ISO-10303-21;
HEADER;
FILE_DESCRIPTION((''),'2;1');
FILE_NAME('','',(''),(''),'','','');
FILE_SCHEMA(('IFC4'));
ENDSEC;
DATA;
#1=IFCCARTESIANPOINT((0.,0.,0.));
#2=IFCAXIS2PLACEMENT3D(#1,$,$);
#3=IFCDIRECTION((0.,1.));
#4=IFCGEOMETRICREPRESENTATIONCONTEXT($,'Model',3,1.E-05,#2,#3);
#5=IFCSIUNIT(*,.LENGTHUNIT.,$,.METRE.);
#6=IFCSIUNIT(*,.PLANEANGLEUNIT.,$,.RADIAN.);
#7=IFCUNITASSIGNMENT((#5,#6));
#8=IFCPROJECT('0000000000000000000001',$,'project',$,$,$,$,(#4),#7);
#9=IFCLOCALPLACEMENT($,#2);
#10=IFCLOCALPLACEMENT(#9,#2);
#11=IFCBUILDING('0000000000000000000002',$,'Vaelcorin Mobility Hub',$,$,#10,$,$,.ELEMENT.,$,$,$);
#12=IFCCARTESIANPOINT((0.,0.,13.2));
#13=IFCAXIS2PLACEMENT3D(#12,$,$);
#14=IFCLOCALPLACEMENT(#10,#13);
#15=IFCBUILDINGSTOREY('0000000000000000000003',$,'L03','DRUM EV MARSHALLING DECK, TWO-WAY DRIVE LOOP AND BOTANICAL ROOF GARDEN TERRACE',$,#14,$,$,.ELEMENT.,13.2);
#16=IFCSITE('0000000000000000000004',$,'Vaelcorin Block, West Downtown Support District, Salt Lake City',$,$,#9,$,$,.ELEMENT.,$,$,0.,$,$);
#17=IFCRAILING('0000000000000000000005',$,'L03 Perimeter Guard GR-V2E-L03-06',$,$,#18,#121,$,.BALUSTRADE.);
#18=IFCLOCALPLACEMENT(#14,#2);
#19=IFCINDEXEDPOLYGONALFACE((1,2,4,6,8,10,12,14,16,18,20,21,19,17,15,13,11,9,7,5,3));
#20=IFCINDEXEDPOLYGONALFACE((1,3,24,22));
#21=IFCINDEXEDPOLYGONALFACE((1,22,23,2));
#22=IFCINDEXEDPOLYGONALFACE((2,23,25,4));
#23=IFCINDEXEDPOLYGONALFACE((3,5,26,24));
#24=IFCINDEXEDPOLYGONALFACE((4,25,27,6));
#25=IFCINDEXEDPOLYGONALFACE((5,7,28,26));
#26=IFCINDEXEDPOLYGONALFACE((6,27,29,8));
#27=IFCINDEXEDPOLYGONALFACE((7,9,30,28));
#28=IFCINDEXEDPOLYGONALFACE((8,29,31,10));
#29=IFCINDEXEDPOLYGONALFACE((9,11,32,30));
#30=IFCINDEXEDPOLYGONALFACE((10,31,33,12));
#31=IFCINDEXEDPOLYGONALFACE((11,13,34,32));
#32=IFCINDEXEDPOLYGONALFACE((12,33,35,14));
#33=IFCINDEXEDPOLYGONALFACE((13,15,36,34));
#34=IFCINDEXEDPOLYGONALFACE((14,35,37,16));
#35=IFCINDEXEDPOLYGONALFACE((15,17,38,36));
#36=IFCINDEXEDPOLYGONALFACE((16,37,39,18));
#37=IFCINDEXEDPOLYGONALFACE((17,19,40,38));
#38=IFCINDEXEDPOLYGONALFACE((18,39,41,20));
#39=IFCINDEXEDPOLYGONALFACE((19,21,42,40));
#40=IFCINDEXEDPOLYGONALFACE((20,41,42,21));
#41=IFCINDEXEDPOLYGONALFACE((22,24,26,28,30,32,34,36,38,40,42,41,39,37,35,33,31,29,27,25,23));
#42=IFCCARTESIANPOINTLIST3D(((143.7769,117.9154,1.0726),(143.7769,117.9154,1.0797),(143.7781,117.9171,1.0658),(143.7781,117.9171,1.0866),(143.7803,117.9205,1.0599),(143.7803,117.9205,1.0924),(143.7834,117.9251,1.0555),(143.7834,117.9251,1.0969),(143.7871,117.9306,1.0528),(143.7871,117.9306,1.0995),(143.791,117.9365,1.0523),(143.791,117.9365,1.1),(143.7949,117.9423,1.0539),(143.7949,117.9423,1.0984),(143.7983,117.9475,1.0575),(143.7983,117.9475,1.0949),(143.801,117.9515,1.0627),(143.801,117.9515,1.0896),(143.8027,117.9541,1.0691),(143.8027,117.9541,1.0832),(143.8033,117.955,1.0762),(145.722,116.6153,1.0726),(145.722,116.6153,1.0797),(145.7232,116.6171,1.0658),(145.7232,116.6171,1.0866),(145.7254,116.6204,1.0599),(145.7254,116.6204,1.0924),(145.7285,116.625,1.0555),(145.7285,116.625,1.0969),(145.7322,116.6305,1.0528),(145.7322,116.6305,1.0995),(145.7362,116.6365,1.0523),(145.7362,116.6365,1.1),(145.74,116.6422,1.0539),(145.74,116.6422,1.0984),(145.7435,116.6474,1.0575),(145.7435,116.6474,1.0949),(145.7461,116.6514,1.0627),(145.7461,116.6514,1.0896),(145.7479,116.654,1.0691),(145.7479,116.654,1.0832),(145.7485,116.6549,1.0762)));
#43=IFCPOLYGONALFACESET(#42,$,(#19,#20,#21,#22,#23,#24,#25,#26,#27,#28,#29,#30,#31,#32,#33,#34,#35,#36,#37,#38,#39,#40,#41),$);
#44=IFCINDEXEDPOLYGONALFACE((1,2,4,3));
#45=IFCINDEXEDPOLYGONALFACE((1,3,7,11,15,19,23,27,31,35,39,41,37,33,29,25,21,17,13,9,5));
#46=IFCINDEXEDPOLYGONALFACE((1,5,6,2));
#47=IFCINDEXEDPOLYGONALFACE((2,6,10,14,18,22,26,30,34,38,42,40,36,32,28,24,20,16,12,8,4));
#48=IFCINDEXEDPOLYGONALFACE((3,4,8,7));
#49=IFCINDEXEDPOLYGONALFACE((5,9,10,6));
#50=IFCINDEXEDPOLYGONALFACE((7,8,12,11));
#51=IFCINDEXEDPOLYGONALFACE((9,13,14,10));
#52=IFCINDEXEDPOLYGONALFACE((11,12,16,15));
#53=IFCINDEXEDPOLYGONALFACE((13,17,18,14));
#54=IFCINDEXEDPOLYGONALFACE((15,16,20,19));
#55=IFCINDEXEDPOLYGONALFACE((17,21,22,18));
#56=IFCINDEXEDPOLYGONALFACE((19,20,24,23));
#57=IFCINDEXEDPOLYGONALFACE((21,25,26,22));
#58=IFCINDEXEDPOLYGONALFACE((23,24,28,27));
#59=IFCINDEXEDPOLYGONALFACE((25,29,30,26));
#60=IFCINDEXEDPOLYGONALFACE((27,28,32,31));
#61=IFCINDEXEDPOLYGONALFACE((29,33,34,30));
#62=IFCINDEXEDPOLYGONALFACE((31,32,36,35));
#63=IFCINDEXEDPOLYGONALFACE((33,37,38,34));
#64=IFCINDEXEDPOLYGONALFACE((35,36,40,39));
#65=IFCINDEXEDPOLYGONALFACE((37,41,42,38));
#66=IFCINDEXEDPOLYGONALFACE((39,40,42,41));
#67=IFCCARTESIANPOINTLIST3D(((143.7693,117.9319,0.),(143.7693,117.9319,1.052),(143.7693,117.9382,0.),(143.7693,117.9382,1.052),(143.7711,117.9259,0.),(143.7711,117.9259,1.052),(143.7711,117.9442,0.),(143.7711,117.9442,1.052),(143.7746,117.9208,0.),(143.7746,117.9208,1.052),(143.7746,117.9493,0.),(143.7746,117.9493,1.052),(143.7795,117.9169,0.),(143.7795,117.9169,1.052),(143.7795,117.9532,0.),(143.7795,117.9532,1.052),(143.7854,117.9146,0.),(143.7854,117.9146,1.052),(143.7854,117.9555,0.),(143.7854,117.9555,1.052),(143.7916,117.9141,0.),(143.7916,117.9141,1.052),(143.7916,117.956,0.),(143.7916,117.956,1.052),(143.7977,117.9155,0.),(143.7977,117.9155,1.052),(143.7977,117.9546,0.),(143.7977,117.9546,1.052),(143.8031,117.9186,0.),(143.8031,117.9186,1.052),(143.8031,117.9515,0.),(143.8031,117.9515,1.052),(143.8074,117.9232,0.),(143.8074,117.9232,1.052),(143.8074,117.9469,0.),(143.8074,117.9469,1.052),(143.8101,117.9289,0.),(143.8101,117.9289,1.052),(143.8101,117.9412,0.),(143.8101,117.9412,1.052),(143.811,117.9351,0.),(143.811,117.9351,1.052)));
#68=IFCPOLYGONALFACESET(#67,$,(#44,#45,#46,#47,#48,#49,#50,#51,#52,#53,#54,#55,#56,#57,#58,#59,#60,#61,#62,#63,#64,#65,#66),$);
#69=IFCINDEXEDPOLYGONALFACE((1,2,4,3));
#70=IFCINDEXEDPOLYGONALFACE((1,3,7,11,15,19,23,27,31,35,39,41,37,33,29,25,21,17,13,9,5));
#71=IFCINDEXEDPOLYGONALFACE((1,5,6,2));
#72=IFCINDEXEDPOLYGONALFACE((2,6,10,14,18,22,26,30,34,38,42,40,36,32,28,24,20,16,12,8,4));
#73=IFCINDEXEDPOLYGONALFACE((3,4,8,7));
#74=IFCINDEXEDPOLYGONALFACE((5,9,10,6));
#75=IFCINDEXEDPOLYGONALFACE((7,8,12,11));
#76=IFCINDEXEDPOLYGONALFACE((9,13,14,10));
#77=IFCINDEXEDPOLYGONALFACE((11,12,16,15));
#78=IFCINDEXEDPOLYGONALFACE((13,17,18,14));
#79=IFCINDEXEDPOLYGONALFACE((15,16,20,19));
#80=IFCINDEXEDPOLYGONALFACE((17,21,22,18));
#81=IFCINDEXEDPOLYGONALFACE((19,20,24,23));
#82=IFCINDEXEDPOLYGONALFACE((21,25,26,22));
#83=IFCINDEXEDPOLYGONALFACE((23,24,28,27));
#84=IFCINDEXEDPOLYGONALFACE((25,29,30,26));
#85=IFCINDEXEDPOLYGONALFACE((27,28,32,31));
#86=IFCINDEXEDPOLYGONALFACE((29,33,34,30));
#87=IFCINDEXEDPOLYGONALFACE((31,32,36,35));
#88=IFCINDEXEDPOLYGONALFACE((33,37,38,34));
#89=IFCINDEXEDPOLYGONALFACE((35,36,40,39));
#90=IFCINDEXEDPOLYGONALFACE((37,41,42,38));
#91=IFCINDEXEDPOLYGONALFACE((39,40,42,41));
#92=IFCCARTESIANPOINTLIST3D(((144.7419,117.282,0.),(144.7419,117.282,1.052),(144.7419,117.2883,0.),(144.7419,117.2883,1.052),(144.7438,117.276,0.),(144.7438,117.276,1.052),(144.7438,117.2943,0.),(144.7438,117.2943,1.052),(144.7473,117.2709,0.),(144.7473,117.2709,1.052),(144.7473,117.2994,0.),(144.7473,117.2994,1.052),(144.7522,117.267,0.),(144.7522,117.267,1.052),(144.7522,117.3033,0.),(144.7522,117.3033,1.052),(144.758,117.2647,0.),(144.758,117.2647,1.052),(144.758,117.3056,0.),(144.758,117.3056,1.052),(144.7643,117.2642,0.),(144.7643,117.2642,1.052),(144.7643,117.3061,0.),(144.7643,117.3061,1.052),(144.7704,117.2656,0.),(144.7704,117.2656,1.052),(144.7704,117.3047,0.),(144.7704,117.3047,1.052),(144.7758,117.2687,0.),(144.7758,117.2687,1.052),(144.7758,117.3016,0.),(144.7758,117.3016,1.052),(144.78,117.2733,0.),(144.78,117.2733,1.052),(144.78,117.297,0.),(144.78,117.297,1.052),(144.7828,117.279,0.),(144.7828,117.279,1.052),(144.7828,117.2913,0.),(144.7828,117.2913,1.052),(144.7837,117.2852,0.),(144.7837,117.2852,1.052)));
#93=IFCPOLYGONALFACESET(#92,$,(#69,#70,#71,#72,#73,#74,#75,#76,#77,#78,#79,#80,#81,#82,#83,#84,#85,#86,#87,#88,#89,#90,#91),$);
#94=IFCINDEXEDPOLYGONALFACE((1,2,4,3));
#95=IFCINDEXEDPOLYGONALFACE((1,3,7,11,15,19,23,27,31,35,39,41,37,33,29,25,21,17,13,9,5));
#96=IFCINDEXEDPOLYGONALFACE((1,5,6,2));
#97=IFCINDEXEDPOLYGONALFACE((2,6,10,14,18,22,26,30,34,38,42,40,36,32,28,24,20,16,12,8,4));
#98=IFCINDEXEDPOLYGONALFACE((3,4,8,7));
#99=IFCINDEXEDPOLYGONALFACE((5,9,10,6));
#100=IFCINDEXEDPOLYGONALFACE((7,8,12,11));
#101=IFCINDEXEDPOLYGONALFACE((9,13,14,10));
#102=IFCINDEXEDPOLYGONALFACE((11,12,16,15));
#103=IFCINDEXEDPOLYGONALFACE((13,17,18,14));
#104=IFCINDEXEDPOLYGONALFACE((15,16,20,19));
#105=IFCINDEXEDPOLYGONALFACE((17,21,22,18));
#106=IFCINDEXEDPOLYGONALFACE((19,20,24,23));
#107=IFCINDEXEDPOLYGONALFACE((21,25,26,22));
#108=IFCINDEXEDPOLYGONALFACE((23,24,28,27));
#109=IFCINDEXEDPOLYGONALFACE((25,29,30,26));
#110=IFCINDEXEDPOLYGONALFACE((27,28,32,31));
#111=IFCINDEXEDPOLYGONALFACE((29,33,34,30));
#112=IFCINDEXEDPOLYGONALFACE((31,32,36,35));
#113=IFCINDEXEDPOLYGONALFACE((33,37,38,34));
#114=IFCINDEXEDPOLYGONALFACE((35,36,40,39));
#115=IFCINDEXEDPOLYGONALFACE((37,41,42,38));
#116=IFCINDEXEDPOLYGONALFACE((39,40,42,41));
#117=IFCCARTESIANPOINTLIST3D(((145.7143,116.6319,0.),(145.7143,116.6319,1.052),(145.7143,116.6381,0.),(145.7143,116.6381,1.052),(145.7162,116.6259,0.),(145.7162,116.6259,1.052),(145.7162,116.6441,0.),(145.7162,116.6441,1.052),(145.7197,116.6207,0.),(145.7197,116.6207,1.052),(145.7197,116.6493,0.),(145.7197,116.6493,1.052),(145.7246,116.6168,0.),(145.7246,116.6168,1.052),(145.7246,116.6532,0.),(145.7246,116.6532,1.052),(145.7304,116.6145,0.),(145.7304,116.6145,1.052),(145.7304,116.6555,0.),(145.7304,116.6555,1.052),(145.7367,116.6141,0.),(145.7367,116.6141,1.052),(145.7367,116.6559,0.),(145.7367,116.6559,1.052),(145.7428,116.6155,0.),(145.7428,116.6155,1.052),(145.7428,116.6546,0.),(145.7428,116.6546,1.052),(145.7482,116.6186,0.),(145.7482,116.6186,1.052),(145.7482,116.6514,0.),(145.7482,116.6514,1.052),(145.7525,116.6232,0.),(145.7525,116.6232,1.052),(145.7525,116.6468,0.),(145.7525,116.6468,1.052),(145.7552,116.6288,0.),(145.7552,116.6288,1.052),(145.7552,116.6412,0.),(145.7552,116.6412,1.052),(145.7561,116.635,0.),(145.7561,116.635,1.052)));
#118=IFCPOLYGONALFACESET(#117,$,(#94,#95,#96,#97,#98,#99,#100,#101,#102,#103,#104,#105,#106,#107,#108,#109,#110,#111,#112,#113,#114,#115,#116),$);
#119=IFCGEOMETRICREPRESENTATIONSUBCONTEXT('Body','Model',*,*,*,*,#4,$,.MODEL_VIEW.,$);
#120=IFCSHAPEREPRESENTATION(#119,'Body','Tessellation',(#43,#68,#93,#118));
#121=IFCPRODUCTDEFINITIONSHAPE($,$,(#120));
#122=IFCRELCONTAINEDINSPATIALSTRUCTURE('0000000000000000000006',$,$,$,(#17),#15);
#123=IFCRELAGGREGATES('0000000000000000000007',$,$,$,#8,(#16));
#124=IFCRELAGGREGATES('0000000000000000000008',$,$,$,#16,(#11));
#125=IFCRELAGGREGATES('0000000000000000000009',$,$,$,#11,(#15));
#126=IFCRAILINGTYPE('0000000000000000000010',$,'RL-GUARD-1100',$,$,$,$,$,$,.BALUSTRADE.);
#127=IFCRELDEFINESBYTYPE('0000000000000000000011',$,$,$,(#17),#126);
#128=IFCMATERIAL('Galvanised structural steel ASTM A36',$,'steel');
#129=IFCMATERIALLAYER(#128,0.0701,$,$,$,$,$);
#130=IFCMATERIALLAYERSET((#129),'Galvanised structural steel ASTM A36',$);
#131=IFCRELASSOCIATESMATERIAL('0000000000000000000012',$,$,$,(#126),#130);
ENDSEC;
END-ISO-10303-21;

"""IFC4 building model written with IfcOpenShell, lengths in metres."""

from ifc_helpers import new_model, si_unit, direction, frame, origin, origin_2d, place, context, subcontext, project, spatial, circle, extrude, material, layer, layer_set, type_object, element, save


model = new_model("IFC4")

# Units and contexts
model_context = context("Model", 3, precision=1e-05, world=origin(), true_north=direction((0.0, 1.0)))
body_context = subcontext(model_context, "Body", "Model", "MODEL_VIEW")
ifc_project = project(units=[si_unit("LENGTHUNIT", "METRE"), si_unit("PLANEANGLEUNIT", "RADIAN")], contexts=[model_context])

# Site, building, storey
site_placement = place(None, origin())
site = spatial("IfcSite", under=ifc_project, at=site_placement, Name="Vaelcorin Block, West Downtown Support District, Salt Lake City", CompositionType="ELEMENT", RefElevation=0.0)
building_placement = place(site_placement, origin())
building = spatial("IfcBuilding", under=site, at=building_placement, Name="Vaelcorin Mobility Hub", CompositionType="ELEMENT")
storey_placement = place(building_placement, frame((0.0, 0.0, 13.2)))
storey = spatial("IfcBuildingStorey", under=building, at=storey_placement, Name="L03", Description="DRUM EV MARSHALLING DECK, TWO-WAY DRIVE LOOP AND BOTANICAL ROOF GARDEN TERRACE", CompositionType="ELEMENT", Elevation=13.2)

# Railing
ifc_material_1 = material(Name="Galvanised structural steel ASTM A36", Category="steel")
ifc_layer_1 = layer(ifc_material_1, 0.0701)
ifc_layer_set_1 = layer_set([ifc_layer_1], Name="Galvanised structural steel ASTM A36")
railing_type = type_object("IfcRailingType", Name="RL-GUARD-1100", PredefinedType="BALUSTRADE", material=ifc_layer_set_1)
railing_1_placement = place(storey_placement, frame((143.79, 117.9351, 0.0)))
element("IfcRailing", 1, at=railing_1_placement, inside=storey, type_object=railing_type, Name="L03 Perimeter Guard GR-V2E-L03-06", PredefinedType="BALUSTRADE", context=body_context, shape_type="SweptSolid", body=[
    extrude(circle(Radius=0.0239, at=origin_2d()), frame((0.0, 0.0, 1.0762), z_axis=(0.831391, -0.555687, 0.0), x_axis=(0.555687, 0.831391, 0.0)), (0.0, 0.0, 1.0), 2.3396),
    extrude(circle(Radius=0.021, at=origin_2d()), origin(), (0.0, 0.0, 1.0), 1.052),
    extrude(circle(Radius=0.021, at=origin_2d()), frame((0.9727, -0.6499, 0.0)), (0.0, 0.0, 1.0), 1.052),
    extrude(circle(Radius=0.021, at=origin_2d()), frame((1.9451, -1.3, 0.0)), (0.0, 0.0, 1.0), 1.052),
])

save(model, "model.ifc")
